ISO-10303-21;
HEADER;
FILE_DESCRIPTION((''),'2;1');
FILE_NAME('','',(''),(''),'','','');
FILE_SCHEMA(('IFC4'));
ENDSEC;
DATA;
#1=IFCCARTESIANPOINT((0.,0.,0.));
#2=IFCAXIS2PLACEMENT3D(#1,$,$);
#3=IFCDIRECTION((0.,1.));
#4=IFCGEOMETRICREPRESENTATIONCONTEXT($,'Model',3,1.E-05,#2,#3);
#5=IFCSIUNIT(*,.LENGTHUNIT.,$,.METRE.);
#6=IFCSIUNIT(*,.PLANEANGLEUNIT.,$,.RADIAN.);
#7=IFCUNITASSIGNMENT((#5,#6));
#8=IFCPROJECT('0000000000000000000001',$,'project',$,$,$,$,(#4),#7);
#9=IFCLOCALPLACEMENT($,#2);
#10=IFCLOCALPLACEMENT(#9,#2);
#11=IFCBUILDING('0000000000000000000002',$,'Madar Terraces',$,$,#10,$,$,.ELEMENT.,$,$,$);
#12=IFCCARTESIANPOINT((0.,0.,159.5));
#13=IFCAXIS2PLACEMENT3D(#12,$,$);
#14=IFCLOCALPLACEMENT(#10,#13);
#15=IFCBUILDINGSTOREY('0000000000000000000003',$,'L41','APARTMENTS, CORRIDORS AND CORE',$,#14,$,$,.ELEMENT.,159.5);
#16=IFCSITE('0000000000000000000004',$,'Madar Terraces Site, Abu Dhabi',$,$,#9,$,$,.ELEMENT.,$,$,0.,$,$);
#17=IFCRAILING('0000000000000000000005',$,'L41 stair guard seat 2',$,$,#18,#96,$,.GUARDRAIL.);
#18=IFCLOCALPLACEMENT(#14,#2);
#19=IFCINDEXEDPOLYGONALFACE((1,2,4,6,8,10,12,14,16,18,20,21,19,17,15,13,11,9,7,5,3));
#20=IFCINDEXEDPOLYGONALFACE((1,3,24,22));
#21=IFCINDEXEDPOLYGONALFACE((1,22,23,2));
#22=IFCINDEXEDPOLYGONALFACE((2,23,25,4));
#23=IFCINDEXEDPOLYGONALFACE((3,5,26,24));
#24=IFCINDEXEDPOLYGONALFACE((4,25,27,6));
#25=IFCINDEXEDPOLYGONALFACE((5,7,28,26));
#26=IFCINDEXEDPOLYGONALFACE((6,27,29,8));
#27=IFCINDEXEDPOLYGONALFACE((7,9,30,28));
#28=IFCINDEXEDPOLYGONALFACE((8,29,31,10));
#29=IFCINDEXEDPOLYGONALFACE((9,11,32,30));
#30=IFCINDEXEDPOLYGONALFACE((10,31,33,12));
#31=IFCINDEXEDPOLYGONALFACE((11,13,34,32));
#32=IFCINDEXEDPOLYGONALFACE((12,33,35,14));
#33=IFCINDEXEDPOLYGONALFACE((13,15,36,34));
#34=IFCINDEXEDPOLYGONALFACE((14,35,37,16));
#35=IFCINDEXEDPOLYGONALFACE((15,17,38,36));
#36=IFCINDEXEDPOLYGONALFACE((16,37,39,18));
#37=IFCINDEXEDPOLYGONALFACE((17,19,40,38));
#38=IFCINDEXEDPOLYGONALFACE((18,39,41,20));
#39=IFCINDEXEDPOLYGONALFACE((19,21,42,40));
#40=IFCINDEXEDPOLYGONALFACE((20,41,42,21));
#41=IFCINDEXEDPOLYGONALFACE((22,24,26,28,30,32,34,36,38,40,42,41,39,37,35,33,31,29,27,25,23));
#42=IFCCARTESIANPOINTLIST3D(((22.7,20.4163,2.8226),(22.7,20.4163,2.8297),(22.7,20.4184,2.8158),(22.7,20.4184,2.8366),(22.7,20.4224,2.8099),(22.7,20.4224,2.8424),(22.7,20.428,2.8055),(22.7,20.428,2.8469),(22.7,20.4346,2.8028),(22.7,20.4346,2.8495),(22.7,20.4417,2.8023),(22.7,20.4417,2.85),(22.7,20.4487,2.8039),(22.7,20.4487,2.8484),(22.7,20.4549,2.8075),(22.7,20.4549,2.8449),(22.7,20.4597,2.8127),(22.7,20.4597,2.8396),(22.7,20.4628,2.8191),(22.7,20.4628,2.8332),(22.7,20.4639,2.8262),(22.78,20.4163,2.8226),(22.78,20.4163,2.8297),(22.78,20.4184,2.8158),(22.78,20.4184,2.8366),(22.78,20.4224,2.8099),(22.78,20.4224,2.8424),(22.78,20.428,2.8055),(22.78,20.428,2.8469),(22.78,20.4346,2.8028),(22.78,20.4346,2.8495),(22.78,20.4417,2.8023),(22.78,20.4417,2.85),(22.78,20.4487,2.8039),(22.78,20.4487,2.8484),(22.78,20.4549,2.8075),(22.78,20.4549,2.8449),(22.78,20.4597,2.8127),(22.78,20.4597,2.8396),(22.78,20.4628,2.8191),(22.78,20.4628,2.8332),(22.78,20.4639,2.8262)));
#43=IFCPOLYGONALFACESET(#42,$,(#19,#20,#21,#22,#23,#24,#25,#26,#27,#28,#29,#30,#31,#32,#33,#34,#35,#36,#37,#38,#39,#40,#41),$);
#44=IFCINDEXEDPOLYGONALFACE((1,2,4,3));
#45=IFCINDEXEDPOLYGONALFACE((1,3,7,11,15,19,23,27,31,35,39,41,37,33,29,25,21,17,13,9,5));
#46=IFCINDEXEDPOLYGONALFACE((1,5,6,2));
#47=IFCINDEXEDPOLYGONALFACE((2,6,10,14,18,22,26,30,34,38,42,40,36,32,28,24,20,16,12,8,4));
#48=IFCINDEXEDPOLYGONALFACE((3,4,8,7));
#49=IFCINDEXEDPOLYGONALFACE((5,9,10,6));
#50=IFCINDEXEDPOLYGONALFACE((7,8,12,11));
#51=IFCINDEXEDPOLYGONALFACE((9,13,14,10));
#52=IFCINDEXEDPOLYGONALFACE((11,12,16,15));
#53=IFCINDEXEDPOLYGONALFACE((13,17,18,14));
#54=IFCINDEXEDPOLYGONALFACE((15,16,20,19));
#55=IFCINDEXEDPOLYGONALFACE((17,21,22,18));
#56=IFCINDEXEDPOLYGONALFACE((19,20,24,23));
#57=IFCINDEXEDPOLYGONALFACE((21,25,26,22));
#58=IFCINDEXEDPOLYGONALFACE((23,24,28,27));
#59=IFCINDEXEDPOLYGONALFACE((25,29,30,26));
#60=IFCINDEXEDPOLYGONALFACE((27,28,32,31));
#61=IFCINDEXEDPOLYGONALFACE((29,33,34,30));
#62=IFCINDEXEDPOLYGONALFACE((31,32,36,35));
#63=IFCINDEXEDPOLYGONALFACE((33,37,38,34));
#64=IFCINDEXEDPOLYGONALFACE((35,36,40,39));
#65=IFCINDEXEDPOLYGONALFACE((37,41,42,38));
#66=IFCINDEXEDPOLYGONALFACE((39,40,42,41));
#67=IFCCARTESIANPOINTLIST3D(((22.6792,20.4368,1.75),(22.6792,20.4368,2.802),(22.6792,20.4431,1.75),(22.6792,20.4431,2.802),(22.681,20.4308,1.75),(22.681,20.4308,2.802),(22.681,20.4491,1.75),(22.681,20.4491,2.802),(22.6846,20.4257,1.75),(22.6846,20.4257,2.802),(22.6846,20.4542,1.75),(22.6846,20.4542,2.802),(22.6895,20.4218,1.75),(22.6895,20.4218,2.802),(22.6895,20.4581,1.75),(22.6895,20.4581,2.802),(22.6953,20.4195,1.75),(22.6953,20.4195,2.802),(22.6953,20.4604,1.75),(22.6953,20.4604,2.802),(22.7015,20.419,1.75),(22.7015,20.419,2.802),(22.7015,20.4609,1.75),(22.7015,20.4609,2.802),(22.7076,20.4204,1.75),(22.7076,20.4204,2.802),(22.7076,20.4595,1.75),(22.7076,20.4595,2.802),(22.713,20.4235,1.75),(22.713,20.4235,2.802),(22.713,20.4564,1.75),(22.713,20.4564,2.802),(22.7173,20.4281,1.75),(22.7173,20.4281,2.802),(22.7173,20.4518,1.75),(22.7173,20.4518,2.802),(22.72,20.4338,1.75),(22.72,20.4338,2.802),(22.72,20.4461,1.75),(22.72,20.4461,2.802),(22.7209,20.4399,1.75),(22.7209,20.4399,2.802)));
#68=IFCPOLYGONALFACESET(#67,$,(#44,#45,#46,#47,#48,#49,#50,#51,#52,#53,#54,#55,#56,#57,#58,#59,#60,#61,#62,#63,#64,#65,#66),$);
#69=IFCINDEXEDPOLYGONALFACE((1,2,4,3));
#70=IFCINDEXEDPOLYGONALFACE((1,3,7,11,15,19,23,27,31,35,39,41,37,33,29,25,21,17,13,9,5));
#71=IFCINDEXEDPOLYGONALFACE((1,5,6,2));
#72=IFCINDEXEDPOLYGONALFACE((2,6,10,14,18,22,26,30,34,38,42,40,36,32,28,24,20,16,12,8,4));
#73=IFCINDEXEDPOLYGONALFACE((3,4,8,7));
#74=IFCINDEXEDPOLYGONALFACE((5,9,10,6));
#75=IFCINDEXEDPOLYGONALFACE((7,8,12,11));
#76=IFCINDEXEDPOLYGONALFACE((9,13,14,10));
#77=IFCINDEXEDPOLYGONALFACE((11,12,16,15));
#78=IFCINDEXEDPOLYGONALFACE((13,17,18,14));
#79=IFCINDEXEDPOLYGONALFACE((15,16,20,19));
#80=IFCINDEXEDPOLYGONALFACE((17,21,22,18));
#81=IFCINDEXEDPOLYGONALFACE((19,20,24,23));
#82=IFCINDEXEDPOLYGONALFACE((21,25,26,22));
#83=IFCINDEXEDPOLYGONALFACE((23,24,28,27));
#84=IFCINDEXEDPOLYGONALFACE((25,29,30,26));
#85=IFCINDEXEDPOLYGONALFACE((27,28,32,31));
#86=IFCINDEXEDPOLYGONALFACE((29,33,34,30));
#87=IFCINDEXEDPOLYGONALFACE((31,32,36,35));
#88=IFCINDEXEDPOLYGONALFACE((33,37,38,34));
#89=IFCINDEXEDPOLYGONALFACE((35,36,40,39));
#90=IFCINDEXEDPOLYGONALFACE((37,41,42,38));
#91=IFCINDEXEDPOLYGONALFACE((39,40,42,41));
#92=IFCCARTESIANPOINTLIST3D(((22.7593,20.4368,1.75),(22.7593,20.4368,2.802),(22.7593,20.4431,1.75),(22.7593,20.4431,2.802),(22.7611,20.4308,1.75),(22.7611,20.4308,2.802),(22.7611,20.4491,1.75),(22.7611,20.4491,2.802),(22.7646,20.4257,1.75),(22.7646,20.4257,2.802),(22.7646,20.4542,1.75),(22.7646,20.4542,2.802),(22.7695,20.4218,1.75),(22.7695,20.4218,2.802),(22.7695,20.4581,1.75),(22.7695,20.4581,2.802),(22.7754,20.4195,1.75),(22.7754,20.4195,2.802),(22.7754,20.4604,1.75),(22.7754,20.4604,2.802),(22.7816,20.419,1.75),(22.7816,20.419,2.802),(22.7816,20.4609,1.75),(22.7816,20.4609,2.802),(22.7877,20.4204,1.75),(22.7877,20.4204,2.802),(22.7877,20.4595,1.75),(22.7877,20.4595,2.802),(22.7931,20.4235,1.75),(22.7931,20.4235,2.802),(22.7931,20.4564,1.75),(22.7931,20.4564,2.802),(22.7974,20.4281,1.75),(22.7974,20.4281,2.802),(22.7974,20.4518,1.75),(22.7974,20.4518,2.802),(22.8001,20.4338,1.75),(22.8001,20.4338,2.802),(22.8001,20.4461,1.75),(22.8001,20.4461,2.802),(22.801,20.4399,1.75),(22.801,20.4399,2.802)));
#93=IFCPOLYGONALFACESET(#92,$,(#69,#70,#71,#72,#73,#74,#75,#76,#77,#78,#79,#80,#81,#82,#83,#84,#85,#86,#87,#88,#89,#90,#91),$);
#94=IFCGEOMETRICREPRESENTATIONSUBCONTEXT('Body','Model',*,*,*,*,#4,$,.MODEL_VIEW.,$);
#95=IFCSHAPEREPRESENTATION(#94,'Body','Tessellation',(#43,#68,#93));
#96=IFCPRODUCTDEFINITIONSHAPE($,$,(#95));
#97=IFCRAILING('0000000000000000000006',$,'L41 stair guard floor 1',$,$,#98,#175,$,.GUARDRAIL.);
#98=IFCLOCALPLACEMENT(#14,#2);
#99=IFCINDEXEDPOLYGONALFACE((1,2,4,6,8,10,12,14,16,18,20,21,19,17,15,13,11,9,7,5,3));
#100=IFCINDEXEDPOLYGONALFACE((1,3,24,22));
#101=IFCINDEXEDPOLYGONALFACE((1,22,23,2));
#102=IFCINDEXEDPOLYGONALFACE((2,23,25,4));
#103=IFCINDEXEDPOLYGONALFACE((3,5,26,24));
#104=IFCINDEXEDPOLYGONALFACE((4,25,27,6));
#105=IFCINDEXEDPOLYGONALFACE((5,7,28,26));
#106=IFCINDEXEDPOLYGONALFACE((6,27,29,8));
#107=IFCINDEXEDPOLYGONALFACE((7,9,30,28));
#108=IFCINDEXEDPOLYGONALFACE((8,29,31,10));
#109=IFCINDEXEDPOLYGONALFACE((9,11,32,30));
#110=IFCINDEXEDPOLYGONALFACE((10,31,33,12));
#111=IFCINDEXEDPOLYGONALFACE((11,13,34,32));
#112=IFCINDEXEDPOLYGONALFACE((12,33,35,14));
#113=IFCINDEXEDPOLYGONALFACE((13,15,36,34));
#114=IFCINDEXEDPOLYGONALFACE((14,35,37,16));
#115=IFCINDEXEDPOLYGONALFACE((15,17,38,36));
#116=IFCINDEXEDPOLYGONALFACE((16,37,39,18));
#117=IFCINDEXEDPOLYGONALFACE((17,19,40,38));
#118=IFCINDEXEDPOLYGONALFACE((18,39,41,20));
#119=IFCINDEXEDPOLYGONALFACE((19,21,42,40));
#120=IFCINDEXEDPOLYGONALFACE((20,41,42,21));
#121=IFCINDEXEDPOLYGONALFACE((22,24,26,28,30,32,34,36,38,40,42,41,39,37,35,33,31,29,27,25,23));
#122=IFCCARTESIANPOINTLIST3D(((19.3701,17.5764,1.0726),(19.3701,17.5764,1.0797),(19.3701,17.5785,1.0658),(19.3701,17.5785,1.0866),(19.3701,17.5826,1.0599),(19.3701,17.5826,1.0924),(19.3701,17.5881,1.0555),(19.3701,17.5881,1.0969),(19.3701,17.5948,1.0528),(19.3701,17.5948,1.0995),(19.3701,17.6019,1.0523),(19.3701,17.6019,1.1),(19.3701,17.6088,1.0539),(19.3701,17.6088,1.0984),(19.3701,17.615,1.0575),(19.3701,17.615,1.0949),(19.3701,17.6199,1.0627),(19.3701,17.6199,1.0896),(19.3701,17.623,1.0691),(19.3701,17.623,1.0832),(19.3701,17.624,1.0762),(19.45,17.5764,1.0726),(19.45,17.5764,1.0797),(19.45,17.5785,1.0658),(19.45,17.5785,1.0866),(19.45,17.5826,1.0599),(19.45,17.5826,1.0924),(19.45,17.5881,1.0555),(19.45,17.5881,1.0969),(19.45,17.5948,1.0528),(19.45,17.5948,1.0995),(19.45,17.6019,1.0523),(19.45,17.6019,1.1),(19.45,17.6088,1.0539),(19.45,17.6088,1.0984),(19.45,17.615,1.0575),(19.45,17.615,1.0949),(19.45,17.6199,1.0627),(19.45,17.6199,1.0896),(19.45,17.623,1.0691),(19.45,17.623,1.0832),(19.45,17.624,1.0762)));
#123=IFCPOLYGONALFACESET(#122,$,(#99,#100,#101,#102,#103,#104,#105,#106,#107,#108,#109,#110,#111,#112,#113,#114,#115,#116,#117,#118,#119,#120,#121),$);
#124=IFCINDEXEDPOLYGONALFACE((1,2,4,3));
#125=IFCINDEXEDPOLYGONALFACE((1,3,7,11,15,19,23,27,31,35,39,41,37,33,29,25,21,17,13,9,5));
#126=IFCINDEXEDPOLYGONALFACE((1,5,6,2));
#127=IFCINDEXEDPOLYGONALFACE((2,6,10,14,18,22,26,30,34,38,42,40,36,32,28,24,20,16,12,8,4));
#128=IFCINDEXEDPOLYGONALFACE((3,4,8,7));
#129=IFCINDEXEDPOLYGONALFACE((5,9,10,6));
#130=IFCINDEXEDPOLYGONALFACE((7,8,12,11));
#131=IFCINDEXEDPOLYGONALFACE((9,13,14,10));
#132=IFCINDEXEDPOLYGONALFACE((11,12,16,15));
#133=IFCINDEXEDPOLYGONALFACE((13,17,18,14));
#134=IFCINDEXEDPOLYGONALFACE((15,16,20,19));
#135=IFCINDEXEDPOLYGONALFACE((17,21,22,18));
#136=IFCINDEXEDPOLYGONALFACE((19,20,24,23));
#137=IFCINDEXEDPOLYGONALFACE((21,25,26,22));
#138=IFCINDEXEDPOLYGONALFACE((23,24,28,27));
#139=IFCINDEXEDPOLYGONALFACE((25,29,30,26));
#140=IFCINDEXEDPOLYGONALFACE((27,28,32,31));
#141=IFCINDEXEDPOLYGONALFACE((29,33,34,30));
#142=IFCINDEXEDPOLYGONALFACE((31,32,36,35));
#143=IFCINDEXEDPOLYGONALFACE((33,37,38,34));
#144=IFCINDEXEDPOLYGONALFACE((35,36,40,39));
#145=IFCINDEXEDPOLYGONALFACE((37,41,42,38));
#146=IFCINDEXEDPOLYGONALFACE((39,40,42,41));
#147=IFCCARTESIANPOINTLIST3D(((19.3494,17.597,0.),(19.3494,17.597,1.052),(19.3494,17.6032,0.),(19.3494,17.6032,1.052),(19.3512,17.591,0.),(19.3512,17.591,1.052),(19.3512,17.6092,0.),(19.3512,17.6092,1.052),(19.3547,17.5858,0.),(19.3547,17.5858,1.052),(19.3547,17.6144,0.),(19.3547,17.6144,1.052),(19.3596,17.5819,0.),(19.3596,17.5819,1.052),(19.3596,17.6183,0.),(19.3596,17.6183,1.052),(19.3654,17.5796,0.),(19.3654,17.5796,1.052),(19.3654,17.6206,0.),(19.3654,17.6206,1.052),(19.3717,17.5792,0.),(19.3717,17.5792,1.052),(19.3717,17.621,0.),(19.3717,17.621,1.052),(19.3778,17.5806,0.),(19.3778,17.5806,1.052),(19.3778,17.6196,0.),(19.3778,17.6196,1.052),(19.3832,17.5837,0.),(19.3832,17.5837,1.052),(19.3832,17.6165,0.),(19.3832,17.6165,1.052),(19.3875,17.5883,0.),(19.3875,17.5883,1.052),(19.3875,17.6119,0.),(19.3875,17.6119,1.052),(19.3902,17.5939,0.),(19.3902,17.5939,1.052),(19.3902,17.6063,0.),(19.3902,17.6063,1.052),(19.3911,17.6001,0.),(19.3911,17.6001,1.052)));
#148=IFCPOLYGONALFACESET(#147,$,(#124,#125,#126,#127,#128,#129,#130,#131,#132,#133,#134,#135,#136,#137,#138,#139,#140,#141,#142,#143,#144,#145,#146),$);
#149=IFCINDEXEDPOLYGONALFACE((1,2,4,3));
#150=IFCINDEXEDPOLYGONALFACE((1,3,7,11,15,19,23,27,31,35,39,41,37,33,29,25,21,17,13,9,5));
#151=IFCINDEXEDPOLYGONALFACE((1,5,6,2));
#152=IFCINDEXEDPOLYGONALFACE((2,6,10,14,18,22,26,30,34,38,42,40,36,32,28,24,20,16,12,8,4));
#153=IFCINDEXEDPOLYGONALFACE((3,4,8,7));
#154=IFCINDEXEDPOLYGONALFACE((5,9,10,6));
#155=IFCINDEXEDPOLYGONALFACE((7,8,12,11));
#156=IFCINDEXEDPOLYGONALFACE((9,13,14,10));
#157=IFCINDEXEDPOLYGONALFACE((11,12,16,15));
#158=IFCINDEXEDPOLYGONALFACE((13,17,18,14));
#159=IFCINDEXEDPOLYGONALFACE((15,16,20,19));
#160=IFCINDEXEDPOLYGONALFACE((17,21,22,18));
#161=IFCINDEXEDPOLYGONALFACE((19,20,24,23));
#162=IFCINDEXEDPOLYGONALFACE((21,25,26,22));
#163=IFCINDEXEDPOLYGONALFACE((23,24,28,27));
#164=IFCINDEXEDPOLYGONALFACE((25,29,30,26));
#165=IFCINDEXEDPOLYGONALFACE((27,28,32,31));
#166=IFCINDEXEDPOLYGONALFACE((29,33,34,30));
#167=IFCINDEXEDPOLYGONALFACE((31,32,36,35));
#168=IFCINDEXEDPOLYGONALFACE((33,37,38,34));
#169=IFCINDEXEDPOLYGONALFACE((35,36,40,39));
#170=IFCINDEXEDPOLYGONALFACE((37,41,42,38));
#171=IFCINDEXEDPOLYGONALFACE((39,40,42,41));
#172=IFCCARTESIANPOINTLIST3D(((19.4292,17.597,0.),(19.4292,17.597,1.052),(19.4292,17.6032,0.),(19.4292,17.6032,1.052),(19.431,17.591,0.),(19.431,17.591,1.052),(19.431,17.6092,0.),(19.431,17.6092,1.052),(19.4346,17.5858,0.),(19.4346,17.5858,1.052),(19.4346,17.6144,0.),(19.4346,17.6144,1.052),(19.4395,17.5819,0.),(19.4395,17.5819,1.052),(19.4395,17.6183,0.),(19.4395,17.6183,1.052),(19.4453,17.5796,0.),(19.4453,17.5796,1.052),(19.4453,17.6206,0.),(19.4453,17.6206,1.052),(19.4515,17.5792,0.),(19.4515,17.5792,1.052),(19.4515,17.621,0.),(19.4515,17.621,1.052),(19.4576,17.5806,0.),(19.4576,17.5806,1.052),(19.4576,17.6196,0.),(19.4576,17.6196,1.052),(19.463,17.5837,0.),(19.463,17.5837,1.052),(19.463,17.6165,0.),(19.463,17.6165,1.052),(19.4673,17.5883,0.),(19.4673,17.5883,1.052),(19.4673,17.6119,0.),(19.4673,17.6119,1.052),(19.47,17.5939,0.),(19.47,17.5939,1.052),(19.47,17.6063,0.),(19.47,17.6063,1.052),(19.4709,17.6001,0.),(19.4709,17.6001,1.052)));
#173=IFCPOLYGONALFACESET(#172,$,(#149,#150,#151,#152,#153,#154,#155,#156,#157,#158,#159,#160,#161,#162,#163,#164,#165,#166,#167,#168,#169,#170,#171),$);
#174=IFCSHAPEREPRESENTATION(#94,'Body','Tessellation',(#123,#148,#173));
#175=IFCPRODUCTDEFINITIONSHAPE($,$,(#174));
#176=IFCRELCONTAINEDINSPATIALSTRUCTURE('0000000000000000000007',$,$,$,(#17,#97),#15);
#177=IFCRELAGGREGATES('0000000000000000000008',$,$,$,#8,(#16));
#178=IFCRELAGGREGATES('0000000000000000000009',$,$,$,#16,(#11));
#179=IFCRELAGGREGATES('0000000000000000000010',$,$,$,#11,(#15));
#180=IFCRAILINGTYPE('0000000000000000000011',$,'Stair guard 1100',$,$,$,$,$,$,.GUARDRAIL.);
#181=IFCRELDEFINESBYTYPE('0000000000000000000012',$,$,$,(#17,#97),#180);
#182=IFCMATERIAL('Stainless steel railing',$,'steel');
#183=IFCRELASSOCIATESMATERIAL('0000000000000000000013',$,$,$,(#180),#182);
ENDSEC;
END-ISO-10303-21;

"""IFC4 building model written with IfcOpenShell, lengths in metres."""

from ifc_helpers import new_model, si_unit, direction, frame, origin, origin_2d, place, context, subcontext, project, spatial, circle, extrude, material, type_object, element, save


model = new_model("IFC4")

# Units and contexts
model_context = context("Model", 3, precision=1e-05, world=origin(), true_north=direction((0.0, 1.0)))
body_context = subcontext(model_context, "Body", "Model", "MODEL_VIEW")
ifc_project = project(units=[si_unit("LENGTHUNIT", "METRE"), si_unit("PLANEANGLEUNIT", "RADIAN")], contexts=[model_context])

# Site, building, storey
site_placement = place(None, origin())
site = spatial("IfcSite", under=ifc_project, at=site_placement, Name="Madar Terraces Site, Abu Dhabi", CompositionType="ELEMENT", RefElevation=0.0)
building_placement = place(site_placement, origin())
building = spatial("IfcBuilding", under=site, at=building_placement, Name="Madar Terraces", CompositionType="ELEMENT")
storey_placement = place(building_placement, frame((0.0, 0.0, 159.5)))
storey = spatial("IfcBuildingStorey", under=building, at=storey_placement, Name="L41", Description="APARTMENTS, CORRIDORS AND CORE", CompositionType="ELEMENT", Elevation=159.5)

# Railings
ifc_material_1 = material(Name="Stainless steel railing", Category="steel")
railing_type_1 = type_object("IfcRailingType", Name="Stair guard 1100", PredefinedType="GUARDRAIL", material=ifc_material_1)
railing_1_placement = place(storey_placement, frame((22.7, 20.4399, 1.75)))
element("IfcRailing", 1, at=railing_1_placement, inside=storey, type_object=railing_type_1, Name="L41 stair guard seat 2", PredefinedType="GUARDRAIL", context=body_context, shape_type="SweptSolid", body=[
    extrude(circle(Radius=0.0239, at=origin_2d()), frame((0.0, 0.0, 1.0762), z_axis=(1.0, 0.0, 0.0), x_axis=(0.0, 1.0, 0.0)), (0.0, 0.0, 1.0), 0.0801),
    extrude(circle(Radius=0.021, at=origin_2d()), origin(), (0.0, 0.0, 1.0), 1.052),
    extrude(circle(Radius=0.021, at=origin_2d()), frame((0.0801, 0.0, 0.0)), (0.0, 0.0, 1.0), 1.052),
])
railing_2_placement = place(storey_placement, frame((19.3701, 17.6001, 0.0)))
element("IfcRailing", 2, at=railing_2_placement, inside=storey, type_object=railing_type_1, Name="L41 stair guard floor 1", PredefinedType="GUARDRAIL", context=body_context, shape_type="SweptSolid", body=[
    extrude(circle(Radius=0.0239, at=origin_2d()), frame((0.0, 0.0, 1.0762), z_axis=(1.0, 0.0, 0.0), x_axis=(0.0, 1.0, 0.0)), (0.0, 0.0, 1.0), 0.0798),
    extrude(circle(Radius=0.021, at=origin_2d()), origin(), (0.0, 0.0, 1.0), 1.052),
    extrude(circle(Radius=0.021, at=origin_2d()), frame((0.0798, 0.0, 0.0)), (0.0, 0.0, 1.0), 1.052),
])

save(model, "model.ifc")
